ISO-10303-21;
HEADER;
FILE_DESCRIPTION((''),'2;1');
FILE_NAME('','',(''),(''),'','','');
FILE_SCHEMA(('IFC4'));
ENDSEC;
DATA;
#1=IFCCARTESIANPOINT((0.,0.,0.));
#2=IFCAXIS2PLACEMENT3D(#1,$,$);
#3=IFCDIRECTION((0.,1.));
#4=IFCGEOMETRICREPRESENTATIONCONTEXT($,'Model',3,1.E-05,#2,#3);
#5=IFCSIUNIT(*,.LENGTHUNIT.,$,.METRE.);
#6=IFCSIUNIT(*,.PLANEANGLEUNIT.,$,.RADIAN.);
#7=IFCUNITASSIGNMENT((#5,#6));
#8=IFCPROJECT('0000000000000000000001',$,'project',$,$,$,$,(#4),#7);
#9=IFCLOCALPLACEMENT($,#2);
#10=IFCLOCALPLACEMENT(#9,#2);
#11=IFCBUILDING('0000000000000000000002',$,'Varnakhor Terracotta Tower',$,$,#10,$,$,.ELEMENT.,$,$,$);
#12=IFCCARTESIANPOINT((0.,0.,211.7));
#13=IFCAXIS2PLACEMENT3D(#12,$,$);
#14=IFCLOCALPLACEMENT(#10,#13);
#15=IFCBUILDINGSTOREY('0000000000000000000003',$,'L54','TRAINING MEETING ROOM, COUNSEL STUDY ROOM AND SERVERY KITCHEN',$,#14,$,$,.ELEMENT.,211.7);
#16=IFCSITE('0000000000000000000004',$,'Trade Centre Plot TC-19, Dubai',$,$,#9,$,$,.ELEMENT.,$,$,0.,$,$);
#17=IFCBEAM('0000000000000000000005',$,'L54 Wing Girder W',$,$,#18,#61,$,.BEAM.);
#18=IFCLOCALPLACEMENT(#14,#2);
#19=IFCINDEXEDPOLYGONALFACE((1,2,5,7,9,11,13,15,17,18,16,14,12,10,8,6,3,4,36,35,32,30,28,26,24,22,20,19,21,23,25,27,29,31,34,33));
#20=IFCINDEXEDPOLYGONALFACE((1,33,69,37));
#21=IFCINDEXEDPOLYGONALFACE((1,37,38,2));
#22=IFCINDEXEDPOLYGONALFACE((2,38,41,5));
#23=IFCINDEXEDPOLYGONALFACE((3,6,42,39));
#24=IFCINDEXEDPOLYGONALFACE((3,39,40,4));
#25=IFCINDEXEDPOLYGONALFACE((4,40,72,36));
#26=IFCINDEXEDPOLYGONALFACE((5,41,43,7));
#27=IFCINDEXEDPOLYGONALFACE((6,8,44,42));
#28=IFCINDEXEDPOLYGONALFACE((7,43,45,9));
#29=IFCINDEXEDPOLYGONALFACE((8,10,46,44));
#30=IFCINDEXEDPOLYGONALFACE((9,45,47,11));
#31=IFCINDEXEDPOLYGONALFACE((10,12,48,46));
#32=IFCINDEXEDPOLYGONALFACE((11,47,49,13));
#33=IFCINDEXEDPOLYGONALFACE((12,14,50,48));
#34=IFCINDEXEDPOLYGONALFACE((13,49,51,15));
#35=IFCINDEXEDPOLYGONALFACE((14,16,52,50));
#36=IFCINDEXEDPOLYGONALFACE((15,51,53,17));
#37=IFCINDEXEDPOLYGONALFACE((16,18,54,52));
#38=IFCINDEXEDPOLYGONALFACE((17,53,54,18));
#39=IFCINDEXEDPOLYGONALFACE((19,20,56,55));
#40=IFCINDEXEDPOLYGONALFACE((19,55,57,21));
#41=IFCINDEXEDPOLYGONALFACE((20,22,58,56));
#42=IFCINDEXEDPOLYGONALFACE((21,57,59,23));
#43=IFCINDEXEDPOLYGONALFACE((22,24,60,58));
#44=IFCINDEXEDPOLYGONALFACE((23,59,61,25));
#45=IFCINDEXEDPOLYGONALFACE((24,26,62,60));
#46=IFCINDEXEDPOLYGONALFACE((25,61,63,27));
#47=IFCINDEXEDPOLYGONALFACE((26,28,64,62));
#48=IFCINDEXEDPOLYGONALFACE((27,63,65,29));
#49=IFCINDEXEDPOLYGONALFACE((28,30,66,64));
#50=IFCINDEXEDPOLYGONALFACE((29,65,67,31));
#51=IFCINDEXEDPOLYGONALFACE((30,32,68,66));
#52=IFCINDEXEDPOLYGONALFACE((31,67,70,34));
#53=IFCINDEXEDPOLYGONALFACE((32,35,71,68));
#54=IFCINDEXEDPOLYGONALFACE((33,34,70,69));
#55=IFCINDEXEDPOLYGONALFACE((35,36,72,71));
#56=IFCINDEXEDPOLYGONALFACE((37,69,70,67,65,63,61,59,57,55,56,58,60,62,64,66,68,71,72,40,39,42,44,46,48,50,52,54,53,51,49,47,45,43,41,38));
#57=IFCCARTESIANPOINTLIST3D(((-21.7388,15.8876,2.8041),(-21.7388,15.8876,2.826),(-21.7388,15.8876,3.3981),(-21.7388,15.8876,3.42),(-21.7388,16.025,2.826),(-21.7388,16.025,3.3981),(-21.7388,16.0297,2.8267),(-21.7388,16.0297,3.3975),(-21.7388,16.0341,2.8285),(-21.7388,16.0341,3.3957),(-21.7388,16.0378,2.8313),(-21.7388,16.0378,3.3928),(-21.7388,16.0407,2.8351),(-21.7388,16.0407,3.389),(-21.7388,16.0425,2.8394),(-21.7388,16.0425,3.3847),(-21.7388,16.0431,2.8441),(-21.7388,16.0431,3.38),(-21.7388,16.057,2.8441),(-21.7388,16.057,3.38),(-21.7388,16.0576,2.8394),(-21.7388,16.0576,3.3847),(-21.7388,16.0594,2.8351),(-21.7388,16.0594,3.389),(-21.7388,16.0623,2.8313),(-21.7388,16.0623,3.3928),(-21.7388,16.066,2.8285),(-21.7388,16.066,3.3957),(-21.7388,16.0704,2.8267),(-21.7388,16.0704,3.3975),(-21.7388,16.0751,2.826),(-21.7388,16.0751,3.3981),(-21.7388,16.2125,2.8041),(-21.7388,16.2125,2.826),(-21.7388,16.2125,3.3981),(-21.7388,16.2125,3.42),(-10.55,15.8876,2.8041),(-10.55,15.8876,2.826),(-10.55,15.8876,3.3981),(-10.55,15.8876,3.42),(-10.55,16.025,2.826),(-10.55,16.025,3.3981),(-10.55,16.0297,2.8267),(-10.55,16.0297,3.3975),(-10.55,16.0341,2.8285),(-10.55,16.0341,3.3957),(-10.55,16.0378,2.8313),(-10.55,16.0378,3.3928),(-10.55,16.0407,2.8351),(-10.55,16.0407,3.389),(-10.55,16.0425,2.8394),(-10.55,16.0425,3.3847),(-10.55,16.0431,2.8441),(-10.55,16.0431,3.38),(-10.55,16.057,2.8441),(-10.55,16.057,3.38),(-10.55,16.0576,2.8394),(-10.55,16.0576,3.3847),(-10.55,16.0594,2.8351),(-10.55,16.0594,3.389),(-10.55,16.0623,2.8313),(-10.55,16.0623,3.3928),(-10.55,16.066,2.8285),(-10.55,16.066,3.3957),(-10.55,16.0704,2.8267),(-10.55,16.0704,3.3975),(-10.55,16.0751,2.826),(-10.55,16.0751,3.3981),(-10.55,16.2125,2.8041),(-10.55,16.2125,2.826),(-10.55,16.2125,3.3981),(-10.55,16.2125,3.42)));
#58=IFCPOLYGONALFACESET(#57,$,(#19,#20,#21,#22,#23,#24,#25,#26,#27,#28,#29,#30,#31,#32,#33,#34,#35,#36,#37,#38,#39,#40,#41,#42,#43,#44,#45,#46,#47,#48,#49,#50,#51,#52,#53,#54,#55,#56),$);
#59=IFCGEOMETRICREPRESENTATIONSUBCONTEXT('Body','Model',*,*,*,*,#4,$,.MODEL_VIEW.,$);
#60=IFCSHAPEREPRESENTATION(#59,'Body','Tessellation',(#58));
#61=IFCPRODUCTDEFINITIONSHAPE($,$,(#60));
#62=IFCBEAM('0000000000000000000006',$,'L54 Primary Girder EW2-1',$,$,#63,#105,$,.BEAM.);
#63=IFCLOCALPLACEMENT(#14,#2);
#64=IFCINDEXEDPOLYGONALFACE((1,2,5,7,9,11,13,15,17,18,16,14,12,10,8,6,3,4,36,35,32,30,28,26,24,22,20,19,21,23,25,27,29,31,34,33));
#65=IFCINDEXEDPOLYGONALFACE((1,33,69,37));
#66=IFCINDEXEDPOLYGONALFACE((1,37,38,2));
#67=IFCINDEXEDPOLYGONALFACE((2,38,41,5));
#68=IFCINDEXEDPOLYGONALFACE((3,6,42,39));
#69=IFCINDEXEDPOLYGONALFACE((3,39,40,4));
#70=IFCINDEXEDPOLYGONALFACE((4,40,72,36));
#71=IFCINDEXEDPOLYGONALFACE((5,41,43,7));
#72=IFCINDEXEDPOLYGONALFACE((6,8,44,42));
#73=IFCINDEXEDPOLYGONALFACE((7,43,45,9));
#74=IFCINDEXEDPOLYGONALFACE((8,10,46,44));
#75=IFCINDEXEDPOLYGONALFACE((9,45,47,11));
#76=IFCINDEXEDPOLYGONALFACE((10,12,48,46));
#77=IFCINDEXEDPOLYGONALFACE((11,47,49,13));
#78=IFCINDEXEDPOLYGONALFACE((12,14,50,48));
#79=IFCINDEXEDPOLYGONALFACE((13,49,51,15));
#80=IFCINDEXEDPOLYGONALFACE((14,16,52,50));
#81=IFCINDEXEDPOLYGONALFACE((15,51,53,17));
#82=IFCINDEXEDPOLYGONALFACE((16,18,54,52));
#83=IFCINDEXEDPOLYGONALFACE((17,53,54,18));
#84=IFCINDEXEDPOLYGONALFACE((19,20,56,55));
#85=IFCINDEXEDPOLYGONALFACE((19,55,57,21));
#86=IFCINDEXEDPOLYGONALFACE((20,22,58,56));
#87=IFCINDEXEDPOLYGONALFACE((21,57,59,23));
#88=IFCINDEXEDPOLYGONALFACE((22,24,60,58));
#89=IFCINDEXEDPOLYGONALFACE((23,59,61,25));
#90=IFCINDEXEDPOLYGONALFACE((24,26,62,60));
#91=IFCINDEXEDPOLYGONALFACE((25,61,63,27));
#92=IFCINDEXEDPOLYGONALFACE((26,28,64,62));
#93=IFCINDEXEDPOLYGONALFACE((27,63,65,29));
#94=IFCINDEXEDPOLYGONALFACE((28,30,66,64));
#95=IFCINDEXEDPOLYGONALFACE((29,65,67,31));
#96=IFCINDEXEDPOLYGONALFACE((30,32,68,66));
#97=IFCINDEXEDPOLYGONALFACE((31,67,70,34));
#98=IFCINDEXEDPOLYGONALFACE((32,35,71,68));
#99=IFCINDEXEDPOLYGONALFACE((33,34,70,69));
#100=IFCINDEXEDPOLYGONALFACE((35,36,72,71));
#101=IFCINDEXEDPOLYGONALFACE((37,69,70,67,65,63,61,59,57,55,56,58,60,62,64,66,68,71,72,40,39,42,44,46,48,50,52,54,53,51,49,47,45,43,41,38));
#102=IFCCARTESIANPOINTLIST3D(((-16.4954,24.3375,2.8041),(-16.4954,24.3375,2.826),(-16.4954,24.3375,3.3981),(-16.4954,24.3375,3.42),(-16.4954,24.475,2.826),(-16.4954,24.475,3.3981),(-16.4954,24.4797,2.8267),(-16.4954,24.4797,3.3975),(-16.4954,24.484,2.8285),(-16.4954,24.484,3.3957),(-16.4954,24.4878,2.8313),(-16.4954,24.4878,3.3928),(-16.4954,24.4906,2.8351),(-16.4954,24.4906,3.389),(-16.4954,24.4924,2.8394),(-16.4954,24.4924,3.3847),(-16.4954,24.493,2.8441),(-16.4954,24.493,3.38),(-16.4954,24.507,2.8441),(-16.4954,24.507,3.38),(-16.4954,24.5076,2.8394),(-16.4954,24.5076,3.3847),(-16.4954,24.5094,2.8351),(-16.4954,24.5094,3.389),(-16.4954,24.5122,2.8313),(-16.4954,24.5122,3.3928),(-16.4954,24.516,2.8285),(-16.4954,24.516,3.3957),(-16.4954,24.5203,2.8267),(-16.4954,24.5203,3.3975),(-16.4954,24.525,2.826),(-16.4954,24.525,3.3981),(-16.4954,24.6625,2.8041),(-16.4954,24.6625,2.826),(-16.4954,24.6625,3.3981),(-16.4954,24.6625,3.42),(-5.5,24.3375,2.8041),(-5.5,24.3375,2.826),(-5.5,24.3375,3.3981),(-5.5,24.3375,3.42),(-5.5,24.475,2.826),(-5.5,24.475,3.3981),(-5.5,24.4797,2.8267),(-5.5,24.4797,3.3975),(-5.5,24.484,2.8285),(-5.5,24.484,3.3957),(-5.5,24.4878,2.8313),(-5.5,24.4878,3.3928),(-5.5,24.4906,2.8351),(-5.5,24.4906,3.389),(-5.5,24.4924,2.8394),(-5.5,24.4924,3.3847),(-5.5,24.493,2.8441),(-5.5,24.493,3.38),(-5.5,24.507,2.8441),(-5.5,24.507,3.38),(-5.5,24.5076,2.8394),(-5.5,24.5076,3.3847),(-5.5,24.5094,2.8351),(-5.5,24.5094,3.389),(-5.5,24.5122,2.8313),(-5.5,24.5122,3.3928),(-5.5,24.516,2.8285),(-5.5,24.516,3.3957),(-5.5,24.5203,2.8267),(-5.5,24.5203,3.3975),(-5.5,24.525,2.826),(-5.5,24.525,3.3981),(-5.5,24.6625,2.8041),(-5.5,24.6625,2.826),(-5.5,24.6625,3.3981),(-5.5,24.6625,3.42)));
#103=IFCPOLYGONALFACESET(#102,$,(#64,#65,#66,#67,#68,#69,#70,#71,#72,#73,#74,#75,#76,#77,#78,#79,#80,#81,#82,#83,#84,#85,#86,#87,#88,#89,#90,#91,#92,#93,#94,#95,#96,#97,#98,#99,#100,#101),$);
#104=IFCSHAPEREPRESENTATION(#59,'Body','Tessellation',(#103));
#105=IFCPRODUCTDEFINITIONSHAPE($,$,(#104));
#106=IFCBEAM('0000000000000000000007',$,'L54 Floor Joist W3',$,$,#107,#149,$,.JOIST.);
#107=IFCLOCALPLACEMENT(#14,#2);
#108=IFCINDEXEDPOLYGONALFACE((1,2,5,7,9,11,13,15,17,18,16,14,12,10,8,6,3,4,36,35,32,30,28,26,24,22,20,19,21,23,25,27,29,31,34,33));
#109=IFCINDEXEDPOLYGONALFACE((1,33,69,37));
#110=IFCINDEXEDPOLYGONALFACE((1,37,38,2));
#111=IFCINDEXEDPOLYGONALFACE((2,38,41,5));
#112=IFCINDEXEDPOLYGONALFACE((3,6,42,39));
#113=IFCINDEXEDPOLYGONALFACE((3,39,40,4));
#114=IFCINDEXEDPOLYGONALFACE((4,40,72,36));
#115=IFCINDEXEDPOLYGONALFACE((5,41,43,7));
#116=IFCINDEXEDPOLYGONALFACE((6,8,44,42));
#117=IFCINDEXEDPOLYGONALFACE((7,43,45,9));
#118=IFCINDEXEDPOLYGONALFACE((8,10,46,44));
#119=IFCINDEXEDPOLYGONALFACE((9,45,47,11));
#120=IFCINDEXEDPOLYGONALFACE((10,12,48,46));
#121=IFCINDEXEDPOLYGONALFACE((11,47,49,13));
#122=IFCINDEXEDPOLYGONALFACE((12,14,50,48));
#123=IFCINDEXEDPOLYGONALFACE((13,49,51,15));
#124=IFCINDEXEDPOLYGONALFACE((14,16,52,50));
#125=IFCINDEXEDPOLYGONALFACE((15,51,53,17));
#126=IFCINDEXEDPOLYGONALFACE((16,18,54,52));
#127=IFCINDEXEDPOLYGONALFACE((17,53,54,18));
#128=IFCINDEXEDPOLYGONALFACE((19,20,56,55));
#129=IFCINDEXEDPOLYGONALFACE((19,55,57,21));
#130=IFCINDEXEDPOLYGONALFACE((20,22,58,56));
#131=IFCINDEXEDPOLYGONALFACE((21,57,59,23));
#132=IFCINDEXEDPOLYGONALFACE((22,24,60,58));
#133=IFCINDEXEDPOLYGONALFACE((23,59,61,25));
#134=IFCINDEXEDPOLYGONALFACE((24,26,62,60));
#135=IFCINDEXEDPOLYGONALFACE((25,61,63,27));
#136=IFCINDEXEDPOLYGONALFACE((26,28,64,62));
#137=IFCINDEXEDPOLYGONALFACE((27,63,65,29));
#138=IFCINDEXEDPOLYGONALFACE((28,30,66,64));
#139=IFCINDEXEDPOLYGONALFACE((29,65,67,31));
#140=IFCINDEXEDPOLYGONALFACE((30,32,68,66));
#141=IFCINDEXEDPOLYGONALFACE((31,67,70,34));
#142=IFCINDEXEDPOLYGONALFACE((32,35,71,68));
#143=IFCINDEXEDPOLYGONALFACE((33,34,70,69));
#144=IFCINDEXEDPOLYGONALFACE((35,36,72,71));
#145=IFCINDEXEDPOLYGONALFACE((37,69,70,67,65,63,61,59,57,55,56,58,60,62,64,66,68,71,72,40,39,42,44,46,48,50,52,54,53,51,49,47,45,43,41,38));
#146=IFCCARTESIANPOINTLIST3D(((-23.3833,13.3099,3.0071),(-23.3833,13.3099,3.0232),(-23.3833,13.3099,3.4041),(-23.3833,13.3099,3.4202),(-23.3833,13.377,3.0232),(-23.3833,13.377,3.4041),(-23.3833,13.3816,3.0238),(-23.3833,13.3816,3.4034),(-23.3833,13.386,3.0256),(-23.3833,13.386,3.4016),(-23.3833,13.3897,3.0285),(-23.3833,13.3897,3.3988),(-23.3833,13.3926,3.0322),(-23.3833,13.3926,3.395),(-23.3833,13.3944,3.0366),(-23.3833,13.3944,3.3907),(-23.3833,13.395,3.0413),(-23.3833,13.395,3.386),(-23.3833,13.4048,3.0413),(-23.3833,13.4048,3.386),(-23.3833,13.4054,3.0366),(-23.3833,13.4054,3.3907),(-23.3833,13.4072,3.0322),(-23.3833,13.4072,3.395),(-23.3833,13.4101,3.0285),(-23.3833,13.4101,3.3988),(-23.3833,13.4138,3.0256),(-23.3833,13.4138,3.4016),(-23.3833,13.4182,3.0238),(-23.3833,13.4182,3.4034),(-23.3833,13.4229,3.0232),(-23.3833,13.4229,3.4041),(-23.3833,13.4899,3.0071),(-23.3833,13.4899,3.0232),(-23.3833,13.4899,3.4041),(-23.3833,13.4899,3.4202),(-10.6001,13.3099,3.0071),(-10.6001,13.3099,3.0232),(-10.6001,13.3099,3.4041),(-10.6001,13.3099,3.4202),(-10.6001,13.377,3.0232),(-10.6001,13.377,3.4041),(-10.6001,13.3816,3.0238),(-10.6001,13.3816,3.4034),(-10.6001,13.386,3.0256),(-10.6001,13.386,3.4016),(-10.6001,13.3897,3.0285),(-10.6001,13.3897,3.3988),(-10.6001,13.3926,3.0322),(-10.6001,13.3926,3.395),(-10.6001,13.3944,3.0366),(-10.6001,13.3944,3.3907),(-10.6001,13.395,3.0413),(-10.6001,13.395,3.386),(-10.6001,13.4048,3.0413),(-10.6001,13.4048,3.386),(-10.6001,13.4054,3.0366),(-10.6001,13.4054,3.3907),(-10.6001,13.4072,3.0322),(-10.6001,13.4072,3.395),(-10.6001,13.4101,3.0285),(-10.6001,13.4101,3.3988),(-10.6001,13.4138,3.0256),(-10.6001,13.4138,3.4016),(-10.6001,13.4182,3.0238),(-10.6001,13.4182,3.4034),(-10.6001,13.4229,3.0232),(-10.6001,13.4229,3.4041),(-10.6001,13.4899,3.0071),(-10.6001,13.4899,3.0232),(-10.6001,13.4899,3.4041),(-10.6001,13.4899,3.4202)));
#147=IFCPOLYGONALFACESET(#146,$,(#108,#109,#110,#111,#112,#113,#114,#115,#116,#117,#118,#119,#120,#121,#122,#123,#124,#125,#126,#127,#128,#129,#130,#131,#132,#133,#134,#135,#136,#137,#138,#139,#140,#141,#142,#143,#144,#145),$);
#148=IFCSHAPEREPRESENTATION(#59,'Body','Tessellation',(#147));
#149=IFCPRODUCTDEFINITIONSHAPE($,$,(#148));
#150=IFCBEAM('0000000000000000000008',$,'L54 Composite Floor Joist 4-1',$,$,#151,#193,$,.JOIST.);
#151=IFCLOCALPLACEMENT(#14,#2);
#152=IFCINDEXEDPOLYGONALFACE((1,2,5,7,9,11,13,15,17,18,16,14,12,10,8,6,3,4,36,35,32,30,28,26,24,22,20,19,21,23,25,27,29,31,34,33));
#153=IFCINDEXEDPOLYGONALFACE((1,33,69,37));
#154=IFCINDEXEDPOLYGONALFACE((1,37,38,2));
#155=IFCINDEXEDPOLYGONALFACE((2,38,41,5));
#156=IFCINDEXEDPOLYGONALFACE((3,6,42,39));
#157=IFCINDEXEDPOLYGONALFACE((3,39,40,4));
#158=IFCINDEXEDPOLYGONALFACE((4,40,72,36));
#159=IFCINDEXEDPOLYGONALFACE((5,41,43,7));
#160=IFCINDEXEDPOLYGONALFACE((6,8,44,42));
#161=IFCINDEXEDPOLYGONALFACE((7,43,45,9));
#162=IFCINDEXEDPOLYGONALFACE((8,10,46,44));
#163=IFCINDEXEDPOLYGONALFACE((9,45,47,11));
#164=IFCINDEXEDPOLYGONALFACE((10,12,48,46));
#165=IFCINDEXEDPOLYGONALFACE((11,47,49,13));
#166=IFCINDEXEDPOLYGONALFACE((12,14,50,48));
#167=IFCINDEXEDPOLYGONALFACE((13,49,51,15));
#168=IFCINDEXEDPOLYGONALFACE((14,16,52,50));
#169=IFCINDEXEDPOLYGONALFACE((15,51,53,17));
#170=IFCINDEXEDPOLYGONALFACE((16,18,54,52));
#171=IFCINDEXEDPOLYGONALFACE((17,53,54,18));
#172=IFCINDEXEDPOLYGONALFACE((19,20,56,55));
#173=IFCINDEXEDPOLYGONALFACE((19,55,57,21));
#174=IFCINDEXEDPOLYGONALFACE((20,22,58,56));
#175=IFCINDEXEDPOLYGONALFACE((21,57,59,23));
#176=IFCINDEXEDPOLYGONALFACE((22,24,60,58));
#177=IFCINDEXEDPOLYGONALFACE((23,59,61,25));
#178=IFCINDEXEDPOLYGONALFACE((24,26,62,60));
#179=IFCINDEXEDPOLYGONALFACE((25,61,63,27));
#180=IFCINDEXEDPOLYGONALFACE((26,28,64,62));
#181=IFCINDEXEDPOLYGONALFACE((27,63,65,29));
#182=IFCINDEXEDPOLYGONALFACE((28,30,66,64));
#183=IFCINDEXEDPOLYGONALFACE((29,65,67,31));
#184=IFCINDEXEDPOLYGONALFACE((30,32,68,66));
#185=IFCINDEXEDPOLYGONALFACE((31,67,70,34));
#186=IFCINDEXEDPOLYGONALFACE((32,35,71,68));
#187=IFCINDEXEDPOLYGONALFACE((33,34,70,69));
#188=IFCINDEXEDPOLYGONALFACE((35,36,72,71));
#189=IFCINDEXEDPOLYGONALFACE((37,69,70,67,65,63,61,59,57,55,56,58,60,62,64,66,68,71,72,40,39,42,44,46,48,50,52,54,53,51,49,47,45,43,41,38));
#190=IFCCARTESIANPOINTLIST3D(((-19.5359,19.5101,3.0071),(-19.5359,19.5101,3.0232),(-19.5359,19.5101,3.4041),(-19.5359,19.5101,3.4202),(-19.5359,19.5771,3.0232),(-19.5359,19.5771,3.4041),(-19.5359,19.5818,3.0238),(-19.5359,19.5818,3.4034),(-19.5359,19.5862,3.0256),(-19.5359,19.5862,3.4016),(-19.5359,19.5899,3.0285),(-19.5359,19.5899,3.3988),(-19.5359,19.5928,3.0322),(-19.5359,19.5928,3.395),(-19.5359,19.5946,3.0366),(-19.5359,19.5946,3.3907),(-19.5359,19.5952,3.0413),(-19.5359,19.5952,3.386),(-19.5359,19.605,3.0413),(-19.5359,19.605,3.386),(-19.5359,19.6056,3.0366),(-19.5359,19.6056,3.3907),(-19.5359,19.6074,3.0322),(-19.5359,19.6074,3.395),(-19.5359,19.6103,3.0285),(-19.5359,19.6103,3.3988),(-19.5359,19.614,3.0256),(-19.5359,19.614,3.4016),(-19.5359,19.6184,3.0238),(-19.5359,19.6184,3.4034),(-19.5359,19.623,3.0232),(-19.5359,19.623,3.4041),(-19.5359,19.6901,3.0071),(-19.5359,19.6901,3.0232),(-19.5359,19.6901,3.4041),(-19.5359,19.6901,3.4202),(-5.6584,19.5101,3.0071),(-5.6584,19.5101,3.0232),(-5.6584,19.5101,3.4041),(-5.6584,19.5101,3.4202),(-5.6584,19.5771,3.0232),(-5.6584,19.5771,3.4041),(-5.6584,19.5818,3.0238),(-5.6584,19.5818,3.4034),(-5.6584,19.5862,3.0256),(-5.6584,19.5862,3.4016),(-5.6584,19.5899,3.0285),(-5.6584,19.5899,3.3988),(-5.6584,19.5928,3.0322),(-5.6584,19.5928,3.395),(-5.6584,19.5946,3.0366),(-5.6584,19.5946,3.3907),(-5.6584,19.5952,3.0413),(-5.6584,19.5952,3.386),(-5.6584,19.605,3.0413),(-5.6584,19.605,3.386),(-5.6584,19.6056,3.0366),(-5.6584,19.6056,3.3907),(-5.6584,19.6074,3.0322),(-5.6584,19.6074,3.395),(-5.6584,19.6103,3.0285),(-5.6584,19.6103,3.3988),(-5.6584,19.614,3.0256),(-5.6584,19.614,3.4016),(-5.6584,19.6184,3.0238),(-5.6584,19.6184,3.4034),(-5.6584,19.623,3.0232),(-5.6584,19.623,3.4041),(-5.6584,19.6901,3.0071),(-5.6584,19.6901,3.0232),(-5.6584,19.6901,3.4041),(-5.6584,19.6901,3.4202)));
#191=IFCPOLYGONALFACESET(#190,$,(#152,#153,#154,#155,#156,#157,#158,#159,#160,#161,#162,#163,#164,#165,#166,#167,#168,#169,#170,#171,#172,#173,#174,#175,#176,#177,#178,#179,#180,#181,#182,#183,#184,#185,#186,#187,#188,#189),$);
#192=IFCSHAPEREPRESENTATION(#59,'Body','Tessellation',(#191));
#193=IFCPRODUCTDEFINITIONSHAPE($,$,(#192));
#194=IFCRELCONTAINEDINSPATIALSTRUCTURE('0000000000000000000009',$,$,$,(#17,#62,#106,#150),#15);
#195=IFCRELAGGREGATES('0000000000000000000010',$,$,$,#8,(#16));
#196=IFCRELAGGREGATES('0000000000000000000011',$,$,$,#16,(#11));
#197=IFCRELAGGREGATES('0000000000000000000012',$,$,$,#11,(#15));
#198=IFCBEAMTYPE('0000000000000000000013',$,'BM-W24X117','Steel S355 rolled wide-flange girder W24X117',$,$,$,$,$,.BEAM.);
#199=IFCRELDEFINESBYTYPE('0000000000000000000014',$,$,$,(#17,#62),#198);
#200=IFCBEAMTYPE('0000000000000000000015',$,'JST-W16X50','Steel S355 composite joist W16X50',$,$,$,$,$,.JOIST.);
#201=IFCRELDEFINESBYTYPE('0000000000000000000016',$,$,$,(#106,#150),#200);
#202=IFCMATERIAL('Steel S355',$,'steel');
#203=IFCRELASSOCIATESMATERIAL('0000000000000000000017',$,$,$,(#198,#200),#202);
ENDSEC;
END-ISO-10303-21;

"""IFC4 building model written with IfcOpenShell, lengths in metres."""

from ifc_helpers import new_model, si_unit, direction, frame, origin, origin_2d, place, context, subcontext, project, spatial, i_section, extrude, source, transform, mapped, material, material_profile, profile_set, type_object, element, save


model = new_model("IFC4")

# Units and contexts
model_context = context("Model", 3, precision=1e-05, world=origin(), true_north=direction((0.0, 1.0)))
body_context = subcontext(model_context, "Body", "Model", "MODEL_VIEW")
ifc_project = project(units=[si_unit("LENGTHUNIT", "METRE"), si_unit("PLANEANGLEUNIT", "RADIAN")], contexts=[model_context])

# Site, building, storey
site_placement = place(None, origin())
site = spatial("IfcSite", under=ifc_project, at=site_placement, Name="Trade Centre Plot TC-19, Dubai", CompositionType="ELEMENT", RefElevation=0.0)
building_placement = place(site_placement, origin())
building = spatial("IfcBuilding", under=site, at=building_placement, Name="Varnakhor Terracotta Tower", CompositionType="ELEMENT")
storey_placement = place(building_placement, frame((0.0, 0.0, 211.7)))
storey = spatial("IfcBuildingStorey", under=building, at=storey_placement, Name="L54", Description="TRAINING MEETING ROOM, COUNSEL STUDY ROOM AND SERVERY KITCHEN", CompositionType="ELEMENT", Elevation=211.7)

# Beams
ifc_material_1 = material(Name="Steel S355", Category="steel")
ifc_material_profile_1 = material_profile(ifc_material_1, i_section(OverallWidth=0.325, OverallDepth=0.616, WebThickness=0.0139, FlangeThickness=0.022, FilletRadius=0.0181, at=origin_2d()), Name="W24X117")
ifc_profile_set_1 = profile_set([ifc_material_profile_1], Name="Steel S355")
beam_type_1 = type_object("IfcBeamType", Name="BM-W24X117", Description="Steel S355 rolled wide-flange girder W24X117", PredefinedType="BEAM", material=ifc_profile_set_1)
shared_shape_1 = source(origin(), body_context, "Body", "SweptSolid", [
    extrude(i_section(OverallWidth=0.325, OverallDepth=0.616, WebThickness=0.0139, FlangeThickness=0.022, FilletRadius=0.0181, at=origin_2d()), origin(), (0.0, 0.0, 1.0), 11.1887),
])
beam_1_placement = place(storey_placement, frame((-21.7388, 16.05, 3.1121), z_axis=(1.0, 0.0, 0.0), x_axis=(0.0, 1.0, 0.0)))
element("IfcBeam", 1, at=beam_1_placement, inside=storey, type_object=beam_type_1, Name="L54 Wing Girder W", PredefinedType="BEAM", context=body_context, shape_type="MappedRepresentation", body=[
    mapped(shared_shape_1, transform((0.0, 0.0, 0.0), scale=1.0)),
])
shared_shape_2 = source(origin(), body_context, "Body", "SweptSolid", [
    extrude(i_section(OverallWidth=0.325, OverallDepth=0.616, WebThickness=0.0139, FlangeThickness=0.022, FilletRadius=0.0181, at=origin_2d()), origin(), (0.0, 0.0, 1.0), 10.9954),
])
beam_2_placement = place(storey_placement, frame((-16.4954, 24.5, 3.1121), z_axis=(1.0, 0.0, 0.0), x_axis=(0.0, 1.0, 0.0)))
element("IfcBeam", 2, at=beam_2_placement, inside=storey, type_object=beam_type_1, Name="L54 Primary Girder EW2-1", PredefinedType="BEAM", context=body_context, shape_type="MappedRepresentation", body=[
    mapped(shared_shape_2, transform((0.0, 0.0, 0.0), scale=1.0)),
])
ifc_material_profile_2 = material_profile(ifc_material_1, i_section(OverallWidth=0.1799, OverallDepth=0.4131, WebThickness=0.0098, FlangeThickness=0.0161, FilletRadius=0.0181, at=origin_2d()), Name="W16X50")
ifc_profile_set_2 = profile_set([ifc_material_profile_2], Name="Steel S355")
beam_type_2 = type_object("IfcBeamType", Name="JST-W16X50", Description="Steel S355 composite joist W16X50", PredefinedType="JOIST", material=ifc_profile_set_2)
shared_shape_3 = source(origin(), body_context, "Body", "SweptSolid", [
    extrude(i_section(OverallWidth=0.1799, OverallDepth=0.4131, WebThickness=0.0098, FlangeThickness=0.0161, FilletRadius=0.0181, at=origin_2d()), origin(), (0.0, 0.0, 1.0), 12.7832),
])
beam_3_placement = place(storey_placement, frame((-23.3833, 13.3999, 3.2136), z_axis=(1.0, 0.0, 0.0), x_axis=(0.0, 1.0, 0.0)))
element("IfcBeam", 3, at=beam_3_placement, inside=storey, type_object=beam_type_2, Name="L54 Floor Joist W3", PredefinedType="JOIST", context=body_context, shape_type="MappedRepresentation", body=[
    mapped(shared_shape_3, transform((0.0, 0.0, 0.0), scale=1.0)),
])
shared_shape_4 = source(origin(), body_context, "Body", "SweptSolid", [
    extrude(i_section(OverallWidth=0.1799, OverallDepth=0.4131, WebThickness=0.0098, FlangeThickness=0.0161, FilletRadius=0.0181, at=origin_2d()), origin(), (0.0, 0.0, 1.0), 13.8774),
])
beam_4_placement = place(storey_placement, frame((-19.5359, 19.6001, 3.2136), z_axis=(1.0, 0.0, 0.0), x_axis=(0.0, 1.0, 0.0)))
element("IfcBeam", 4, at=beam_4_placement, inside=storey, type_object=beam_type_2, Name="L54 Composite Floor Joist 4-1", PredefinedType="JOIST", context=body_context, shape_type="MappedRepresentation", body=[
    mapped(shared_shape_4, transform((0.0, 0.0, 0.0), scale=1.0)),
])

save(model, "model.ifc")
